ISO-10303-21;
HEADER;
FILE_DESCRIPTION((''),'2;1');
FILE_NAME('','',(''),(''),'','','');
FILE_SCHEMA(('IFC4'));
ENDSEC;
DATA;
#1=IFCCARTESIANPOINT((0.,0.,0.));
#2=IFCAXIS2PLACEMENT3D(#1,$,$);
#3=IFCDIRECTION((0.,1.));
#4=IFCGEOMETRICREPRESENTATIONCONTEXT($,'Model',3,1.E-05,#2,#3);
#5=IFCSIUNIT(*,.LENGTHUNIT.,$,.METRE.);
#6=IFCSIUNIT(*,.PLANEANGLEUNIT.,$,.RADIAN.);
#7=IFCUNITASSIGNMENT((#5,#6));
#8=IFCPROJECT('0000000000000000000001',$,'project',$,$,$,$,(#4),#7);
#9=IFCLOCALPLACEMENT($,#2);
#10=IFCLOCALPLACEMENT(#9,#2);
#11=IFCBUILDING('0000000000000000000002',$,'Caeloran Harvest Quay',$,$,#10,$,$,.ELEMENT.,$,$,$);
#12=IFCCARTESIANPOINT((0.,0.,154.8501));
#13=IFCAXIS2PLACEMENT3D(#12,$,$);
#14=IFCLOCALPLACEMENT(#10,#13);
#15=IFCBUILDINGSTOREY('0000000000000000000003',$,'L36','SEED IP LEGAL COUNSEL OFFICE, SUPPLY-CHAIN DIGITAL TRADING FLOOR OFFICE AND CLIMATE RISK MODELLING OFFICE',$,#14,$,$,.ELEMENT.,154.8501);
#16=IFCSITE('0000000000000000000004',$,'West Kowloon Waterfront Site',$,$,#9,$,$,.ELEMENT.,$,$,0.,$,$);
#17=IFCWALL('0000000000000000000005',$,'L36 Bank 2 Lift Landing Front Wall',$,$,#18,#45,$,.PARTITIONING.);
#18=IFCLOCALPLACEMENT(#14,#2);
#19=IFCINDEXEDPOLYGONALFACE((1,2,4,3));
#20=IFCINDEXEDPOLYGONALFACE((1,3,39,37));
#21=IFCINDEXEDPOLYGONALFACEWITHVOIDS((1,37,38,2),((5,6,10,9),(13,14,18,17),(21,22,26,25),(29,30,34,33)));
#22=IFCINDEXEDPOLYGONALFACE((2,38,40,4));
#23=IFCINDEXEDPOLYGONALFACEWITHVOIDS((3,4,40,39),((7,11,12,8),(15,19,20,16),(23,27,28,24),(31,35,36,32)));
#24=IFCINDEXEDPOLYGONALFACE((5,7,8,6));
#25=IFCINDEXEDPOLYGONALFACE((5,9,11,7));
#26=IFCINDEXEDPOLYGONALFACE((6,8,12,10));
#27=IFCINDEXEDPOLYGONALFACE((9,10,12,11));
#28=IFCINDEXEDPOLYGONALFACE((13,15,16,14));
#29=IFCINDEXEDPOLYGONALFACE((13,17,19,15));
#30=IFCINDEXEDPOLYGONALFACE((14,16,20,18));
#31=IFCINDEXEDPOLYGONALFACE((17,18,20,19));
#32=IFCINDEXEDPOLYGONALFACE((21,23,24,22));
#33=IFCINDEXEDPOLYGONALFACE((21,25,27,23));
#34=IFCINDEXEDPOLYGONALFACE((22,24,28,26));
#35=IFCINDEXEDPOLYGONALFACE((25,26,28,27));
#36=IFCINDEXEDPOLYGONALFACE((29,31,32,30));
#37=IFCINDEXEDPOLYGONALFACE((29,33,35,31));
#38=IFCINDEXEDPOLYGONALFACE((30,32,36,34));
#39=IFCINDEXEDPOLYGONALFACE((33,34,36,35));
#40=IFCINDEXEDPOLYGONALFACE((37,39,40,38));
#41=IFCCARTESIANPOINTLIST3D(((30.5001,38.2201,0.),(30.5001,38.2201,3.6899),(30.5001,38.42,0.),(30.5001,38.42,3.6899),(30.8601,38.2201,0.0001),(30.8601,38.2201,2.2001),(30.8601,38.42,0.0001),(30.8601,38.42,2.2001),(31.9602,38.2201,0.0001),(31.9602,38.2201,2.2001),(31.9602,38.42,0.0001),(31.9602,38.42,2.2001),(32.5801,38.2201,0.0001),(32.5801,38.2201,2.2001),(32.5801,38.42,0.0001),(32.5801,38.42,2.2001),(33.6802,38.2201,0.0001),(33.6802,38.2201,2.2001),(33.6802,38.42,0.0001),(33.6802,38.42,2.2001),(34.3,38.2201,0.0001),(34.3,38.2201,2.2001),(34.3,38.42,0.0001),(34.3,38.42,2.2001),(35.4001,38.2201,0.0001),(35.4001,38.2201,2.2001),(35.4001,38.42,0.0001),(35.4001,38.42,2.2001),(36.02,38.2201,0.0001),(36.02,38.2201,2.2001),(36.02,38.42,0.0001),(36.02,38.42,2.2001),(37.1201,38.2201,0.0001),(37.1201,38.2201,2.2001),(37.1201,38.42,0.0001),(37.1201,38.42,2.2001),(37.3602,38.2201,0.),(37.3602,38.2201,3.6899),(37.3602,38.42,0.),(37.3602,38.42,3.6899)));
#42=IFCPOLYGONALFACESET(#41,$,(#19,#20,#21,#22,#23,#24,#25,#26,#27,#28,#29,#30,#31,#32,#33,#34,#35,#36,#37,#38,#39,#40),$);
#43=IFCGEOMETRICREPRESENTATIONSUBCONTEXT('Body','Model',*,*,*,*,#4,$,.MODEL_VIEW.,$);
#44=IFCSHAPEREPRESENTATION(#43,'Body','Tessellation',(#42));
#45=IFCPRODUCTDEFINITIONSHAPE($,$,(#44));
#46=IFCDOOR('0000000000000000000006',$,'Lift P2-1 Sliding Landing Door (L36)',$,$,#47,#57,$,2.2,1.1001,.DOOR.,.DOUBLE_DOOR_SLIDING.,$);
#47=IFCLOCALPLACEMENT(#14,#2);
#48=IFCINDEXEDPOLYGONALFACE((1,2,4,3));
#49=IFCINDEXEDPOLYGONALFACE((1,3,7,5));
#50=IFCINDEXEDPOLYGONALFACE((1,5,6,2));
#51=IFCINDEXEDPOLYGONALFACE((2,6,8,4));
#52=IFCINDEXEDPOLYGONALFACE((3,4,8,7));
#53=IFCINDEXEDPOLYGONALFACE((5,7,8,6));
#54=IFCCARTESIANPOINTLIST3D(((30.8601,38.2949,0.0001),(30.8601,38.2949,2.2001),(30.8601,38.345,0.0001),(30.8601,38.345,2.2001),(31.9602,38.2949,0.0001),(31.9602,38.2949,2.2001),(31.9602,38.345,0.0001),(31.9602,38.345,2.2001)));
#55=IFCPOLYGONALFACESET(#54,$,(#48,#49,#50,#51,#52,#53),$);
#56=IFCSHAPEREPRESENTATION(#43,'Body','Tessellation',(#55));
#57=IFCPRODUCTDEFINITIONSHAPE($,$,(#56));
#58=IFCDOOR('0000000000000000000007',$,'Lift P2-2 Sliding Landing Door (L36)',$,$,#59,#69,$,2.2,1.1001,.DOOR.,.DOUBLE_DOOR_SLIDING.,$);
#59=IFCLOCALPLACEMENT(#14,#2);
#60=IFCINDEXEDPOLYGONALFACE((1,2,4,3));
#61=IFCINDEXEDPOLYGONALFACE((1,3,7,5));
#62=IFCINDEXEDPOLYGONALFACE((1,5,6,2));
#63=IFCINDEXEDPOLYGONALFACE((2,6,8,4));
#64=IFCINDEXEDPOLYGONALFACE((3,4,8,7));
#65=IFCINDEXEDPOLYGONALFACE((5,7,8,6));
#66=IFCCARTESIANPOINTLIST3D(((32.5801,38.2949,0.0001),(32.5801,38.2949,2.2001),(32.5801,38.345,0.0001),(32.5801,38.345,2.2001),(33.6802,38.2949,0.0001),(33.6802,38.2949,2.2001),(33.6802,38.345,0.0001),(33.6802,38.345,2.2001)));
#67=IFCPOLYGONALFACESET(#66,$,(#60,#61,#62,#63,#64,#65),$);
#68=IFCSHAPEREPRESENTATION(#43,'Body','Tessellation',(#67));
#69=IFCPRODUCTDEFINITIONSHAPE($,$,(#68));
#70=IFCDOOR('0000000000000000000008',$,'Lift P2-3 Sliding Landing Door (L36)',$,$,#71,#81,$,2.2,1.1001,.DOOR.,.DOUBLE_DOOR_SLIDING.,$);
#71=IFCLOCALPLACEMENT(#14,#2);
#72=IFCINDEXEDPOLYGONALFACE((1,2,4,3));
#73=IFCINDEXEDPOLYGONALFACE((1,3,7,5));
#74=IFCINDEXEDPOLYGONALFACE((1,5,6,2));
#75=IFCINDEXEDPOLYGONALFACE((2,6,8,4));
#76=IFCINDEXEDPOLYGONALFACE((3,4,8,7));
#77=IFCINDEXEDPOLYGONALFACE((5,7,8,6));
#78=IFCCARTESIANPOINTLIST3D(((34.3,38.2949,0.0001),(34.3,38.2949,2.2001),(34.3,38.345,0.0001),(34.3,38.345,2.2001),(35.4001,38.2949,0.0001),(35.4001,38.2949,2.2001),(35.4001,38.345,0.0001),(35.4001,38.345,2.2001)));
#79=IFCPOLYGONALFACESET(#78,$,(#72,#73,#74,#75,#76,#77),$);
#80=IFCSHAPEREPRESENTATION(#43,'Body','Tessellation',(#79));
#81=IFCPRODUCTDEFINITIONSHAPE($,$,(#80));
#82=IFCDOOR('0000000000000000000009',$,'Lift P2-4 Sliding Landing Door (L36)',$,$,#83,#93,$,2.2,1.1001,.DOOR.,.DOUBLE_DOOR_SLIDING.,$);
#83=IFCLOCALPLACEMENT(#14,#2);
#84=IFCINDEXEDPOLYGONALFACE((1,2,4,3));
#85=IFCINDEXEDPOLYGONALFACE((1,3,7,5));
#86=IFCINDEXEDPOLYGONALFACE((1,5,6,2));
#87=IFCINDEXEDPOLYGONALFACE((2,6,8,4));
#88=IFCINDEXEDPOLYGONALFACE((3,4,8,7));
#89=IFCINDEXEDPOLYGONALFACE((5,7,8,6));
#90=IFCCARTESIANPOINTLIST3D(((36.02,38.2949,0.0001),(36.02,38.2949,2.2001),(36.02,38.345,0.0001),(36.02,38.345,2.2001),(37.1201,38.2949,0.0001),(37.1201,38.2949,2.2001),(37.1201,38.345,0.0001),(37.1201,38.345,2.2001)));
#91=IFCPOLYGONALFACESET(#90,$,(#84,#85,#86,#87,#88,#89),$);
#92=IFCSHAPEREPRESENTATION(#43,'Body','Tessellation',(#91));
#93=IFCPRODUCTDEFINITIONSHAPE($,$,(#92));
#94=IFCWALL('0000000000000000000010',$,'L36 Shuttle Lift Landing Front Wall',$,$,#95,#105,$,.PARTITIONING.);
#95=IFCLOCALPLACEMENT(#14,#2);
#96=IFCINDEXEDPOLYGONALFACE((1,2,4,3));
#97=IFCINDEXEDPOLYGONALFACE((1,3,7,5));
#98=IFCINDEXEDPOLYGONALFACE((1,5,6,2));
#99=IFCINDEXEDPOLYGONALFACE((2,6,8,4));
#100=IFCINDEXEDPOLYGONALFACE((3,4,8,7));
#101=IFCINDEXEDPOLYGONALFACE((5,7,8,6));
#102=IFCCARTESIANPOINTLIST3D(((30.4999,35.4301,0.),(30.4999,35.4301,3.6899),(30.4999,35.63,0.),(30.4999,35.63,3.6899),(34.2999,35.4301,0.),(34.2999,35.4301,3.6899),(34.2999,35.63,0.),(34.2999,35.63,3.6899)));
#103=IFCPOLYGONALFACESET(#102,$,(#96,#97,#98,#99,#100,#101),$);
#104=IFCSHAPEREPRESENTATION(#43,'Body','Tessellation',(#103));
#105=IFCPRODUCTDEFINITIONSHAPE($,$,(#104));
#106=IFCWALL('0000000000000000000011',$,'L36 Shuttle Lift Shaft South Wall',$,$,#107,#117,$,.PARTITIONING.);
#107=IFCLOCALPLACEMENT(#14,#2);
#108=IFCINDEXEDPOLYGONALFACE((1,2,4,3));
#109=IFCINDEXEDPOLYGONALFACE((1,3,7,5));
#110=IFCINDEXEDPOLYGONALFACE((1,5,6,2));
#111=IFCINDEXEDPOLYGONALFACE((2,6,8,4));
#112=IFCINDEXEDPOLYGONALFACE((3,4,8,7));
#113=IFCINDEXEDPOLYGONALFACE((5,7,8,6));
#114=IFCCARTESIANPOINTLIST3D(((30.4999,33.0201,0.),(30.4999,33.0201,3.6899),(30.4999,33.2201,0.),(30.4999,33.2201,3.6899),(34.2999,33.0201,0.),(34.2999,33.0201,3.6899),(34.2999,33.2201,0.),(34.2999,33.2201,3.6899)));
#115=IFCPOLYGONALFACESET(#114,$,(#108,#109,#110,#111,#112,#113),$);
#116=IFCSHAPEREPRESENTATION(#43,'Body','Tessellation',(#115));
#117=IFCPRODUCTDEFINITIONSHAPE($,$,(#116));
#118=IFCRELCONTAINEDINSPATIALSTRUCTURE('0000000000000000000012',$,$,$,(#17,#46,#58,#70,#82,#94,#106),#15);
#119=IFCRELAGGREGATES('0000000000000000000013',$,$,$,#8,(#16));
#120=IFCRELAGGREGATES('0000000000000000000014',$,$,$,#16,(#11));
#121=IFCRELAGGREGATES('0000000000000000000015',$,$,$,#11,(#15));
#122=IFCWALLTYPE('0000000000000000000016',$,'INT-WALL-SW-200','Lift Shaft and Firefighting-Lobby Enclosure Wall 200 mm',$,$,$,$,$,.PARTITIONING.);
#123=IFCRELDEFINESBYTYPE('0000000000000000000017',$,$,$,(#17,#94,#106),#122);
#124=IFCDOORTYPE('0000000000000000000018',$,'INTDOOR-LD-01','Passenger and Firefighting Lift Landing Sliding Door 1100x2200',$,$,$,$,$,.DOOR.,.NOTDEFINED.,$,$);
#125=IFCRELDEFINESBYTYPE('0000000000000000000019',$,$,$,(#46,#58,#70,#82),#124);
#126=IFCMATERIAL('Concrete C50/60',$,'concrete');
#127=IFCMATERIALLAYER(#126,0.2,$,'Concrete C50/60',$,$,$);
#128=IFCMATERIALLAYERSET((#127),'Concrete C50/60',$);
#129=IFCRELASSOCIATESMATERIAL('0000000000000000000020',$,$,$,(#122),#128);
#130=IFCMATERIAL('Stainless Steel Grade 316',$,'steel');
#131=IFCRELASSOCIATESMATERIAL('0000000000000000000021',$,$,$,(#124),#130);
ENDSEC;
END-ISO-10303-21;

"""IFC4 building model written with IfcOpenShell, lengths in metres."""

from ifc_helpers import new_model, si_unit, direction, frame, frame_2d, origin, place, context, subcontext, project, spatial, rectangle, extrude, material, layer, layer_set, type_object, element, fill, save


model = new_model("IFC4")

# Units and contexts
model_context = context("Model", 3, precision=1e-05, world=origin(), true_north=direction((0.0, 1.0)))
body_context = subcontext(model_context, "Body", "Model", "MODEL_VIEW")
ifc_project = project(units=[si_unit("LENGTHUNIT", "METRE"), si_unit("PLANEANGLEUNIT", "RADIAN")], contexts=[model_context])

# Site, building, storey
site_placement = place(None, origin())
site = spatial("IfcSite", under=ifc_project, at=site_placement, Name="West Kowloon Waterfront Site", CompositionType="ELEMENT", RefElevation=0.0)
building_placement = place(site_placement, origin())
building = spatial("IfcBuilding", under=site, at=building_placement, Name="Caeloran Harvest Quay", CompositionType="ELEMENT")
storey_placement = place(building_placement, frame((0.0, 0.0, 154.8501)))
storey = spatial("IfcBuildingStorey", under=building, at=storey_placement, Name="L36", Description="SEED IP LEGAL COUNSEL OFFICE, SUPPLY-CHAIN DIGITAL TRADING FLOOR OFFICE AND CLIMATE RISK MODELLING OFFICE", CompositionType="ELEMENT", Elevation=154.8501)

# Shared definitions
ifc_material_1 = material(Name="Concrete C50/60", Category="concrete")
ifc_layer_1 = layer(ifc_material_1, 0.2, Name="Concrete C50/60")
ifc_layer_set_1 = layer_set([ifc_layer_1], Name="Concrete C50/60")
wall_type_1 = type_object("IfcWallType", Name="INT-WALL-SW-200", Description="Lift Shaft and Firefighting-Lobby Enclosure Wall 200 mm", PredefinedType="PARTITIONING", material=ifc_layer_set_1)

# Wall, openings, doors
wall_1_placement = place(storey_placement, frame((30.5, 38.3201, 0.0), z_axis=(0.0, 0.0, 1.0), x_axis=(1.0, 0.0, 0.0)))
wall_1 = element("IfcWall", 1, at=wall_1_placement, inside=storey, type_object=wall_type_1, Name="L36 Bank 2 Lift Landing Front Wall", PredefinedType="PARTITIONING", context=body_context, shape_type="SweptSolid", body=[
    extrude(rectangle(XDim=6.8601, YDim=0.2, at=frame_2d((3.4302, 0.0))), origin(), (0.0, 0.0, 1.0), 3.6899),
])
opening_1_placement = place(wall_1_placement, frame((0.3601, 0.0, 0.0)))
opening_1 = element("IfcOpeningElement", 2, at=opening_1_placement, cuts=wall_1, PredefinedType="OPENING", context=body_context, shape_type="SweptSolid", body=[
    extrude(rectangle(XDim=1.1001, YDim=2.2, at=frame_2d((0.55, 1.1001))), frame((0.0, 0.1099, 0.0), z_axis=(0.0, -1.0, 0.0), x_axis=(1.0, 0.0, 0.0)), (0.0, 0.0, 1.0), 0.22),
])
opening_2_placement = place(wall_1_placement, frame((2.0801, 0.0, 0.0)))
opening_2 = element("IfcOpeningElement", 3, at=opening_2_placement, cuts=wall_1, PredefinedType="OPENING", context=body_context, shape_type="SweptSolid", body=[
    extrude(rectangle(XDim=1.1001, YDim=2.2, at=frame_2d((0.55, 1.1001))), frame((0.0, 0.1099, 0.0), z_axis=(0.0, -1.0, 0.0), x_axis=(1.0, 0.0, 0.0)), (0.0, 0.0, 1.0), 0.22),
])
opening_3_placement = place(wall_1_placement, frame((3.8, 0.0, 0.0)))
opening_3 = element("IfcOpeningElement", 4, at=opening_3_placement, cuts=wall_1, PredefinedType="OPENING", context=body_context, shape_type="SweptSolid", body=[
    extrude(rectangle(XDim=1.1001, YDim=2.2, at=frame_2d((0.55, 1.1001))), frame((0.0, 0.1099, 0.0), z_axis=(0.0, -1.0, 0.0), x_axis=(1.0, 0.0, 0.0)), (0.0, 0.0, 1.0), 0.22),
])
opening_4_placement = place(wall_1_placement, frame((5.52, 0.0, 0.0)))
opening_4 = element("IfcOpeningElement", 5, at=opening_4_placement, cuts=wall_1, PredefinedType="OPENING", context=body_context, shape_type="SweptSolid", body=[
    extrude(rectangle(XDim=1.1001, YDim=2.2, at=frame_2d((0.55, 1.1001))), frame((0.0, 0.1099, 0.0), z_axis=(0.0, -1.0, 0.0), x_axis=(1.0, 0.0, 0.0)), (0.0, 0.0, 1.0), 0.22),
])
ifc_material_2 = material(Name="Stainless Steel Grade 316", Category="steel")
door_type_1 = type_object("IfcDoorType", Name="INTDOOR-LD-01", Description="Passenger and Firefighting Lift Landing Sliding Door 1100x2200", OperationType="NOTDEFINED", PredefinedType="DOOR", material=ifc_material_2)
door_1_placement = place(opening_1_placement, origin())
door_1 = element("IfcDoor", 6, at=door_1_placement, inside=storey, type_object=door_type_1, Name="Lift P2-1 Sliding Landing Door (L36)", OperationType="DOUBLE_DOOR_SLIDING", OverallHeight=2.2, OverallWidth=1.1001, PredefinedType="DOOR", context=body_context, shape_type="SweptSolid", body=[
    extrude(rectangle(XDim=1.1001, YDim=2.2, at=frame_2d((0.55, 1.1001))), frame((0.0, 0.0249, 0.0), z_axis=(0.0, -1.0, 0.0), x_axis=(1.0, 0.0, 0.0)), (0.0, 0.0, 1.0), 0.05),
])
fill(opening_1, door_1)
door_2_placement = place(opening_2_placement, origin())
door_2 = element("IfcDoor", 7, at=door_2_placement, inside=storey, type_object=door_type_1, Name="Lift P2-2 Sliding Landing Door (L36)", OperationType="DOUBLE_DOOR_SLIDING", OverallHeight=2.2, OverallWidth=1.1001, PredefinedType="DOOR", context=body_context, shape_type="SweptSolid", body=[
    extrude(rectangle(XDim=1.1001, YDim=2.2, at=frame_2d((0.55, 1.1001))), frame((0.0, 0.0249, 0.0), z_axis=(0.0, -1.0, 0.0), x_axis=(1.0, 0.0, 0.0)), (0.0, 0.0, 1.0), 0.05),
])
fill(opening_2, door_2)
door_3_placement = place(opening_3_placement, origin())
door_3 = element("IfcDoor", 8, at=door_3_placement, inside=storey, type_object=door_type_1, Name="Lift P2-3 Sliding Landing Door (L36)", OperationType="DOUBLE_DOOR_SLIDING", OverallHeight=2.2, OverallWidth=1.1001, PredefinedType="DOOR", context=body_context, shape_type="SweptSolid", body=[
    extrude(rectangle(XDim=1.1001, YDim=2.2, at=frame_2d((0.55, 1.1001))), frame((0.0, 0.0249, 0.0), z_axis=(0.0, -1.0, 0.0), x_axis=(1.0, 0.0, 0.0)), (0.0, 0.0, 1.0), 0.05),
])
fill(opening_3, door_3)
door_4_placement = place(opening_4_placement, origin())
door_4 = element("IfcDoor", 9, at=door_4_placement, inside=storey, type_object=door_type_1, Name="Lift P2-4 Sliding Landing Door (L36)", OperationType="DOUBLE_DOOR_SLIDING", OverallHeight=2.2, OverallWidth=1.1001, PredefinedType="DOOR", context=body_context, shape_type="SweptSolid", body=[
    extrude(rectangle(XDim=1.1001, YDim=2.2, at=frame_2d((0.55, 1.1001))), frame((0.0, 0.0249, 0.0), z_axis=(0.0, -1.0, 0.0), x_axis=(1.0, 0.0, 0.0)), (0.0, 0.0, 1.0), 0.05),
])
fill(opening_4, door_4)

# Walls
for number, where, z_axis, x_axis, name in (
    (10, (30.5, 35.53, 0.0), (0.0, 0.0, 1.0), (1.0, 0.0, 0.0), "L36 Shuttle Lift Landing Front Wall"),
    (11, (30.5, 33.1201, 0.0), (0.0, 0.0, 1.0), (1.0, 0.0, 0.0), "L36 Shuttle Lift Shaft South Wall"),
):
    element("IfcWall", number, at=place(storey_placement, frame(where, z_axis=z_axis, x_axis=x_axis)), inside=storey, type_object=wall_type_1, Name=name, PredefinedType="PARTITIONING", context=body_context, shape_type="SweptSolid", body=[
        extrude(rectangle(XDim=3.8, YDim=0.2, at=frame_2d((1.8999, 0.0))), origin(), (0.0, 0.0, 1.0), 3.6899),
    ])

save(model, "model.ifc")
